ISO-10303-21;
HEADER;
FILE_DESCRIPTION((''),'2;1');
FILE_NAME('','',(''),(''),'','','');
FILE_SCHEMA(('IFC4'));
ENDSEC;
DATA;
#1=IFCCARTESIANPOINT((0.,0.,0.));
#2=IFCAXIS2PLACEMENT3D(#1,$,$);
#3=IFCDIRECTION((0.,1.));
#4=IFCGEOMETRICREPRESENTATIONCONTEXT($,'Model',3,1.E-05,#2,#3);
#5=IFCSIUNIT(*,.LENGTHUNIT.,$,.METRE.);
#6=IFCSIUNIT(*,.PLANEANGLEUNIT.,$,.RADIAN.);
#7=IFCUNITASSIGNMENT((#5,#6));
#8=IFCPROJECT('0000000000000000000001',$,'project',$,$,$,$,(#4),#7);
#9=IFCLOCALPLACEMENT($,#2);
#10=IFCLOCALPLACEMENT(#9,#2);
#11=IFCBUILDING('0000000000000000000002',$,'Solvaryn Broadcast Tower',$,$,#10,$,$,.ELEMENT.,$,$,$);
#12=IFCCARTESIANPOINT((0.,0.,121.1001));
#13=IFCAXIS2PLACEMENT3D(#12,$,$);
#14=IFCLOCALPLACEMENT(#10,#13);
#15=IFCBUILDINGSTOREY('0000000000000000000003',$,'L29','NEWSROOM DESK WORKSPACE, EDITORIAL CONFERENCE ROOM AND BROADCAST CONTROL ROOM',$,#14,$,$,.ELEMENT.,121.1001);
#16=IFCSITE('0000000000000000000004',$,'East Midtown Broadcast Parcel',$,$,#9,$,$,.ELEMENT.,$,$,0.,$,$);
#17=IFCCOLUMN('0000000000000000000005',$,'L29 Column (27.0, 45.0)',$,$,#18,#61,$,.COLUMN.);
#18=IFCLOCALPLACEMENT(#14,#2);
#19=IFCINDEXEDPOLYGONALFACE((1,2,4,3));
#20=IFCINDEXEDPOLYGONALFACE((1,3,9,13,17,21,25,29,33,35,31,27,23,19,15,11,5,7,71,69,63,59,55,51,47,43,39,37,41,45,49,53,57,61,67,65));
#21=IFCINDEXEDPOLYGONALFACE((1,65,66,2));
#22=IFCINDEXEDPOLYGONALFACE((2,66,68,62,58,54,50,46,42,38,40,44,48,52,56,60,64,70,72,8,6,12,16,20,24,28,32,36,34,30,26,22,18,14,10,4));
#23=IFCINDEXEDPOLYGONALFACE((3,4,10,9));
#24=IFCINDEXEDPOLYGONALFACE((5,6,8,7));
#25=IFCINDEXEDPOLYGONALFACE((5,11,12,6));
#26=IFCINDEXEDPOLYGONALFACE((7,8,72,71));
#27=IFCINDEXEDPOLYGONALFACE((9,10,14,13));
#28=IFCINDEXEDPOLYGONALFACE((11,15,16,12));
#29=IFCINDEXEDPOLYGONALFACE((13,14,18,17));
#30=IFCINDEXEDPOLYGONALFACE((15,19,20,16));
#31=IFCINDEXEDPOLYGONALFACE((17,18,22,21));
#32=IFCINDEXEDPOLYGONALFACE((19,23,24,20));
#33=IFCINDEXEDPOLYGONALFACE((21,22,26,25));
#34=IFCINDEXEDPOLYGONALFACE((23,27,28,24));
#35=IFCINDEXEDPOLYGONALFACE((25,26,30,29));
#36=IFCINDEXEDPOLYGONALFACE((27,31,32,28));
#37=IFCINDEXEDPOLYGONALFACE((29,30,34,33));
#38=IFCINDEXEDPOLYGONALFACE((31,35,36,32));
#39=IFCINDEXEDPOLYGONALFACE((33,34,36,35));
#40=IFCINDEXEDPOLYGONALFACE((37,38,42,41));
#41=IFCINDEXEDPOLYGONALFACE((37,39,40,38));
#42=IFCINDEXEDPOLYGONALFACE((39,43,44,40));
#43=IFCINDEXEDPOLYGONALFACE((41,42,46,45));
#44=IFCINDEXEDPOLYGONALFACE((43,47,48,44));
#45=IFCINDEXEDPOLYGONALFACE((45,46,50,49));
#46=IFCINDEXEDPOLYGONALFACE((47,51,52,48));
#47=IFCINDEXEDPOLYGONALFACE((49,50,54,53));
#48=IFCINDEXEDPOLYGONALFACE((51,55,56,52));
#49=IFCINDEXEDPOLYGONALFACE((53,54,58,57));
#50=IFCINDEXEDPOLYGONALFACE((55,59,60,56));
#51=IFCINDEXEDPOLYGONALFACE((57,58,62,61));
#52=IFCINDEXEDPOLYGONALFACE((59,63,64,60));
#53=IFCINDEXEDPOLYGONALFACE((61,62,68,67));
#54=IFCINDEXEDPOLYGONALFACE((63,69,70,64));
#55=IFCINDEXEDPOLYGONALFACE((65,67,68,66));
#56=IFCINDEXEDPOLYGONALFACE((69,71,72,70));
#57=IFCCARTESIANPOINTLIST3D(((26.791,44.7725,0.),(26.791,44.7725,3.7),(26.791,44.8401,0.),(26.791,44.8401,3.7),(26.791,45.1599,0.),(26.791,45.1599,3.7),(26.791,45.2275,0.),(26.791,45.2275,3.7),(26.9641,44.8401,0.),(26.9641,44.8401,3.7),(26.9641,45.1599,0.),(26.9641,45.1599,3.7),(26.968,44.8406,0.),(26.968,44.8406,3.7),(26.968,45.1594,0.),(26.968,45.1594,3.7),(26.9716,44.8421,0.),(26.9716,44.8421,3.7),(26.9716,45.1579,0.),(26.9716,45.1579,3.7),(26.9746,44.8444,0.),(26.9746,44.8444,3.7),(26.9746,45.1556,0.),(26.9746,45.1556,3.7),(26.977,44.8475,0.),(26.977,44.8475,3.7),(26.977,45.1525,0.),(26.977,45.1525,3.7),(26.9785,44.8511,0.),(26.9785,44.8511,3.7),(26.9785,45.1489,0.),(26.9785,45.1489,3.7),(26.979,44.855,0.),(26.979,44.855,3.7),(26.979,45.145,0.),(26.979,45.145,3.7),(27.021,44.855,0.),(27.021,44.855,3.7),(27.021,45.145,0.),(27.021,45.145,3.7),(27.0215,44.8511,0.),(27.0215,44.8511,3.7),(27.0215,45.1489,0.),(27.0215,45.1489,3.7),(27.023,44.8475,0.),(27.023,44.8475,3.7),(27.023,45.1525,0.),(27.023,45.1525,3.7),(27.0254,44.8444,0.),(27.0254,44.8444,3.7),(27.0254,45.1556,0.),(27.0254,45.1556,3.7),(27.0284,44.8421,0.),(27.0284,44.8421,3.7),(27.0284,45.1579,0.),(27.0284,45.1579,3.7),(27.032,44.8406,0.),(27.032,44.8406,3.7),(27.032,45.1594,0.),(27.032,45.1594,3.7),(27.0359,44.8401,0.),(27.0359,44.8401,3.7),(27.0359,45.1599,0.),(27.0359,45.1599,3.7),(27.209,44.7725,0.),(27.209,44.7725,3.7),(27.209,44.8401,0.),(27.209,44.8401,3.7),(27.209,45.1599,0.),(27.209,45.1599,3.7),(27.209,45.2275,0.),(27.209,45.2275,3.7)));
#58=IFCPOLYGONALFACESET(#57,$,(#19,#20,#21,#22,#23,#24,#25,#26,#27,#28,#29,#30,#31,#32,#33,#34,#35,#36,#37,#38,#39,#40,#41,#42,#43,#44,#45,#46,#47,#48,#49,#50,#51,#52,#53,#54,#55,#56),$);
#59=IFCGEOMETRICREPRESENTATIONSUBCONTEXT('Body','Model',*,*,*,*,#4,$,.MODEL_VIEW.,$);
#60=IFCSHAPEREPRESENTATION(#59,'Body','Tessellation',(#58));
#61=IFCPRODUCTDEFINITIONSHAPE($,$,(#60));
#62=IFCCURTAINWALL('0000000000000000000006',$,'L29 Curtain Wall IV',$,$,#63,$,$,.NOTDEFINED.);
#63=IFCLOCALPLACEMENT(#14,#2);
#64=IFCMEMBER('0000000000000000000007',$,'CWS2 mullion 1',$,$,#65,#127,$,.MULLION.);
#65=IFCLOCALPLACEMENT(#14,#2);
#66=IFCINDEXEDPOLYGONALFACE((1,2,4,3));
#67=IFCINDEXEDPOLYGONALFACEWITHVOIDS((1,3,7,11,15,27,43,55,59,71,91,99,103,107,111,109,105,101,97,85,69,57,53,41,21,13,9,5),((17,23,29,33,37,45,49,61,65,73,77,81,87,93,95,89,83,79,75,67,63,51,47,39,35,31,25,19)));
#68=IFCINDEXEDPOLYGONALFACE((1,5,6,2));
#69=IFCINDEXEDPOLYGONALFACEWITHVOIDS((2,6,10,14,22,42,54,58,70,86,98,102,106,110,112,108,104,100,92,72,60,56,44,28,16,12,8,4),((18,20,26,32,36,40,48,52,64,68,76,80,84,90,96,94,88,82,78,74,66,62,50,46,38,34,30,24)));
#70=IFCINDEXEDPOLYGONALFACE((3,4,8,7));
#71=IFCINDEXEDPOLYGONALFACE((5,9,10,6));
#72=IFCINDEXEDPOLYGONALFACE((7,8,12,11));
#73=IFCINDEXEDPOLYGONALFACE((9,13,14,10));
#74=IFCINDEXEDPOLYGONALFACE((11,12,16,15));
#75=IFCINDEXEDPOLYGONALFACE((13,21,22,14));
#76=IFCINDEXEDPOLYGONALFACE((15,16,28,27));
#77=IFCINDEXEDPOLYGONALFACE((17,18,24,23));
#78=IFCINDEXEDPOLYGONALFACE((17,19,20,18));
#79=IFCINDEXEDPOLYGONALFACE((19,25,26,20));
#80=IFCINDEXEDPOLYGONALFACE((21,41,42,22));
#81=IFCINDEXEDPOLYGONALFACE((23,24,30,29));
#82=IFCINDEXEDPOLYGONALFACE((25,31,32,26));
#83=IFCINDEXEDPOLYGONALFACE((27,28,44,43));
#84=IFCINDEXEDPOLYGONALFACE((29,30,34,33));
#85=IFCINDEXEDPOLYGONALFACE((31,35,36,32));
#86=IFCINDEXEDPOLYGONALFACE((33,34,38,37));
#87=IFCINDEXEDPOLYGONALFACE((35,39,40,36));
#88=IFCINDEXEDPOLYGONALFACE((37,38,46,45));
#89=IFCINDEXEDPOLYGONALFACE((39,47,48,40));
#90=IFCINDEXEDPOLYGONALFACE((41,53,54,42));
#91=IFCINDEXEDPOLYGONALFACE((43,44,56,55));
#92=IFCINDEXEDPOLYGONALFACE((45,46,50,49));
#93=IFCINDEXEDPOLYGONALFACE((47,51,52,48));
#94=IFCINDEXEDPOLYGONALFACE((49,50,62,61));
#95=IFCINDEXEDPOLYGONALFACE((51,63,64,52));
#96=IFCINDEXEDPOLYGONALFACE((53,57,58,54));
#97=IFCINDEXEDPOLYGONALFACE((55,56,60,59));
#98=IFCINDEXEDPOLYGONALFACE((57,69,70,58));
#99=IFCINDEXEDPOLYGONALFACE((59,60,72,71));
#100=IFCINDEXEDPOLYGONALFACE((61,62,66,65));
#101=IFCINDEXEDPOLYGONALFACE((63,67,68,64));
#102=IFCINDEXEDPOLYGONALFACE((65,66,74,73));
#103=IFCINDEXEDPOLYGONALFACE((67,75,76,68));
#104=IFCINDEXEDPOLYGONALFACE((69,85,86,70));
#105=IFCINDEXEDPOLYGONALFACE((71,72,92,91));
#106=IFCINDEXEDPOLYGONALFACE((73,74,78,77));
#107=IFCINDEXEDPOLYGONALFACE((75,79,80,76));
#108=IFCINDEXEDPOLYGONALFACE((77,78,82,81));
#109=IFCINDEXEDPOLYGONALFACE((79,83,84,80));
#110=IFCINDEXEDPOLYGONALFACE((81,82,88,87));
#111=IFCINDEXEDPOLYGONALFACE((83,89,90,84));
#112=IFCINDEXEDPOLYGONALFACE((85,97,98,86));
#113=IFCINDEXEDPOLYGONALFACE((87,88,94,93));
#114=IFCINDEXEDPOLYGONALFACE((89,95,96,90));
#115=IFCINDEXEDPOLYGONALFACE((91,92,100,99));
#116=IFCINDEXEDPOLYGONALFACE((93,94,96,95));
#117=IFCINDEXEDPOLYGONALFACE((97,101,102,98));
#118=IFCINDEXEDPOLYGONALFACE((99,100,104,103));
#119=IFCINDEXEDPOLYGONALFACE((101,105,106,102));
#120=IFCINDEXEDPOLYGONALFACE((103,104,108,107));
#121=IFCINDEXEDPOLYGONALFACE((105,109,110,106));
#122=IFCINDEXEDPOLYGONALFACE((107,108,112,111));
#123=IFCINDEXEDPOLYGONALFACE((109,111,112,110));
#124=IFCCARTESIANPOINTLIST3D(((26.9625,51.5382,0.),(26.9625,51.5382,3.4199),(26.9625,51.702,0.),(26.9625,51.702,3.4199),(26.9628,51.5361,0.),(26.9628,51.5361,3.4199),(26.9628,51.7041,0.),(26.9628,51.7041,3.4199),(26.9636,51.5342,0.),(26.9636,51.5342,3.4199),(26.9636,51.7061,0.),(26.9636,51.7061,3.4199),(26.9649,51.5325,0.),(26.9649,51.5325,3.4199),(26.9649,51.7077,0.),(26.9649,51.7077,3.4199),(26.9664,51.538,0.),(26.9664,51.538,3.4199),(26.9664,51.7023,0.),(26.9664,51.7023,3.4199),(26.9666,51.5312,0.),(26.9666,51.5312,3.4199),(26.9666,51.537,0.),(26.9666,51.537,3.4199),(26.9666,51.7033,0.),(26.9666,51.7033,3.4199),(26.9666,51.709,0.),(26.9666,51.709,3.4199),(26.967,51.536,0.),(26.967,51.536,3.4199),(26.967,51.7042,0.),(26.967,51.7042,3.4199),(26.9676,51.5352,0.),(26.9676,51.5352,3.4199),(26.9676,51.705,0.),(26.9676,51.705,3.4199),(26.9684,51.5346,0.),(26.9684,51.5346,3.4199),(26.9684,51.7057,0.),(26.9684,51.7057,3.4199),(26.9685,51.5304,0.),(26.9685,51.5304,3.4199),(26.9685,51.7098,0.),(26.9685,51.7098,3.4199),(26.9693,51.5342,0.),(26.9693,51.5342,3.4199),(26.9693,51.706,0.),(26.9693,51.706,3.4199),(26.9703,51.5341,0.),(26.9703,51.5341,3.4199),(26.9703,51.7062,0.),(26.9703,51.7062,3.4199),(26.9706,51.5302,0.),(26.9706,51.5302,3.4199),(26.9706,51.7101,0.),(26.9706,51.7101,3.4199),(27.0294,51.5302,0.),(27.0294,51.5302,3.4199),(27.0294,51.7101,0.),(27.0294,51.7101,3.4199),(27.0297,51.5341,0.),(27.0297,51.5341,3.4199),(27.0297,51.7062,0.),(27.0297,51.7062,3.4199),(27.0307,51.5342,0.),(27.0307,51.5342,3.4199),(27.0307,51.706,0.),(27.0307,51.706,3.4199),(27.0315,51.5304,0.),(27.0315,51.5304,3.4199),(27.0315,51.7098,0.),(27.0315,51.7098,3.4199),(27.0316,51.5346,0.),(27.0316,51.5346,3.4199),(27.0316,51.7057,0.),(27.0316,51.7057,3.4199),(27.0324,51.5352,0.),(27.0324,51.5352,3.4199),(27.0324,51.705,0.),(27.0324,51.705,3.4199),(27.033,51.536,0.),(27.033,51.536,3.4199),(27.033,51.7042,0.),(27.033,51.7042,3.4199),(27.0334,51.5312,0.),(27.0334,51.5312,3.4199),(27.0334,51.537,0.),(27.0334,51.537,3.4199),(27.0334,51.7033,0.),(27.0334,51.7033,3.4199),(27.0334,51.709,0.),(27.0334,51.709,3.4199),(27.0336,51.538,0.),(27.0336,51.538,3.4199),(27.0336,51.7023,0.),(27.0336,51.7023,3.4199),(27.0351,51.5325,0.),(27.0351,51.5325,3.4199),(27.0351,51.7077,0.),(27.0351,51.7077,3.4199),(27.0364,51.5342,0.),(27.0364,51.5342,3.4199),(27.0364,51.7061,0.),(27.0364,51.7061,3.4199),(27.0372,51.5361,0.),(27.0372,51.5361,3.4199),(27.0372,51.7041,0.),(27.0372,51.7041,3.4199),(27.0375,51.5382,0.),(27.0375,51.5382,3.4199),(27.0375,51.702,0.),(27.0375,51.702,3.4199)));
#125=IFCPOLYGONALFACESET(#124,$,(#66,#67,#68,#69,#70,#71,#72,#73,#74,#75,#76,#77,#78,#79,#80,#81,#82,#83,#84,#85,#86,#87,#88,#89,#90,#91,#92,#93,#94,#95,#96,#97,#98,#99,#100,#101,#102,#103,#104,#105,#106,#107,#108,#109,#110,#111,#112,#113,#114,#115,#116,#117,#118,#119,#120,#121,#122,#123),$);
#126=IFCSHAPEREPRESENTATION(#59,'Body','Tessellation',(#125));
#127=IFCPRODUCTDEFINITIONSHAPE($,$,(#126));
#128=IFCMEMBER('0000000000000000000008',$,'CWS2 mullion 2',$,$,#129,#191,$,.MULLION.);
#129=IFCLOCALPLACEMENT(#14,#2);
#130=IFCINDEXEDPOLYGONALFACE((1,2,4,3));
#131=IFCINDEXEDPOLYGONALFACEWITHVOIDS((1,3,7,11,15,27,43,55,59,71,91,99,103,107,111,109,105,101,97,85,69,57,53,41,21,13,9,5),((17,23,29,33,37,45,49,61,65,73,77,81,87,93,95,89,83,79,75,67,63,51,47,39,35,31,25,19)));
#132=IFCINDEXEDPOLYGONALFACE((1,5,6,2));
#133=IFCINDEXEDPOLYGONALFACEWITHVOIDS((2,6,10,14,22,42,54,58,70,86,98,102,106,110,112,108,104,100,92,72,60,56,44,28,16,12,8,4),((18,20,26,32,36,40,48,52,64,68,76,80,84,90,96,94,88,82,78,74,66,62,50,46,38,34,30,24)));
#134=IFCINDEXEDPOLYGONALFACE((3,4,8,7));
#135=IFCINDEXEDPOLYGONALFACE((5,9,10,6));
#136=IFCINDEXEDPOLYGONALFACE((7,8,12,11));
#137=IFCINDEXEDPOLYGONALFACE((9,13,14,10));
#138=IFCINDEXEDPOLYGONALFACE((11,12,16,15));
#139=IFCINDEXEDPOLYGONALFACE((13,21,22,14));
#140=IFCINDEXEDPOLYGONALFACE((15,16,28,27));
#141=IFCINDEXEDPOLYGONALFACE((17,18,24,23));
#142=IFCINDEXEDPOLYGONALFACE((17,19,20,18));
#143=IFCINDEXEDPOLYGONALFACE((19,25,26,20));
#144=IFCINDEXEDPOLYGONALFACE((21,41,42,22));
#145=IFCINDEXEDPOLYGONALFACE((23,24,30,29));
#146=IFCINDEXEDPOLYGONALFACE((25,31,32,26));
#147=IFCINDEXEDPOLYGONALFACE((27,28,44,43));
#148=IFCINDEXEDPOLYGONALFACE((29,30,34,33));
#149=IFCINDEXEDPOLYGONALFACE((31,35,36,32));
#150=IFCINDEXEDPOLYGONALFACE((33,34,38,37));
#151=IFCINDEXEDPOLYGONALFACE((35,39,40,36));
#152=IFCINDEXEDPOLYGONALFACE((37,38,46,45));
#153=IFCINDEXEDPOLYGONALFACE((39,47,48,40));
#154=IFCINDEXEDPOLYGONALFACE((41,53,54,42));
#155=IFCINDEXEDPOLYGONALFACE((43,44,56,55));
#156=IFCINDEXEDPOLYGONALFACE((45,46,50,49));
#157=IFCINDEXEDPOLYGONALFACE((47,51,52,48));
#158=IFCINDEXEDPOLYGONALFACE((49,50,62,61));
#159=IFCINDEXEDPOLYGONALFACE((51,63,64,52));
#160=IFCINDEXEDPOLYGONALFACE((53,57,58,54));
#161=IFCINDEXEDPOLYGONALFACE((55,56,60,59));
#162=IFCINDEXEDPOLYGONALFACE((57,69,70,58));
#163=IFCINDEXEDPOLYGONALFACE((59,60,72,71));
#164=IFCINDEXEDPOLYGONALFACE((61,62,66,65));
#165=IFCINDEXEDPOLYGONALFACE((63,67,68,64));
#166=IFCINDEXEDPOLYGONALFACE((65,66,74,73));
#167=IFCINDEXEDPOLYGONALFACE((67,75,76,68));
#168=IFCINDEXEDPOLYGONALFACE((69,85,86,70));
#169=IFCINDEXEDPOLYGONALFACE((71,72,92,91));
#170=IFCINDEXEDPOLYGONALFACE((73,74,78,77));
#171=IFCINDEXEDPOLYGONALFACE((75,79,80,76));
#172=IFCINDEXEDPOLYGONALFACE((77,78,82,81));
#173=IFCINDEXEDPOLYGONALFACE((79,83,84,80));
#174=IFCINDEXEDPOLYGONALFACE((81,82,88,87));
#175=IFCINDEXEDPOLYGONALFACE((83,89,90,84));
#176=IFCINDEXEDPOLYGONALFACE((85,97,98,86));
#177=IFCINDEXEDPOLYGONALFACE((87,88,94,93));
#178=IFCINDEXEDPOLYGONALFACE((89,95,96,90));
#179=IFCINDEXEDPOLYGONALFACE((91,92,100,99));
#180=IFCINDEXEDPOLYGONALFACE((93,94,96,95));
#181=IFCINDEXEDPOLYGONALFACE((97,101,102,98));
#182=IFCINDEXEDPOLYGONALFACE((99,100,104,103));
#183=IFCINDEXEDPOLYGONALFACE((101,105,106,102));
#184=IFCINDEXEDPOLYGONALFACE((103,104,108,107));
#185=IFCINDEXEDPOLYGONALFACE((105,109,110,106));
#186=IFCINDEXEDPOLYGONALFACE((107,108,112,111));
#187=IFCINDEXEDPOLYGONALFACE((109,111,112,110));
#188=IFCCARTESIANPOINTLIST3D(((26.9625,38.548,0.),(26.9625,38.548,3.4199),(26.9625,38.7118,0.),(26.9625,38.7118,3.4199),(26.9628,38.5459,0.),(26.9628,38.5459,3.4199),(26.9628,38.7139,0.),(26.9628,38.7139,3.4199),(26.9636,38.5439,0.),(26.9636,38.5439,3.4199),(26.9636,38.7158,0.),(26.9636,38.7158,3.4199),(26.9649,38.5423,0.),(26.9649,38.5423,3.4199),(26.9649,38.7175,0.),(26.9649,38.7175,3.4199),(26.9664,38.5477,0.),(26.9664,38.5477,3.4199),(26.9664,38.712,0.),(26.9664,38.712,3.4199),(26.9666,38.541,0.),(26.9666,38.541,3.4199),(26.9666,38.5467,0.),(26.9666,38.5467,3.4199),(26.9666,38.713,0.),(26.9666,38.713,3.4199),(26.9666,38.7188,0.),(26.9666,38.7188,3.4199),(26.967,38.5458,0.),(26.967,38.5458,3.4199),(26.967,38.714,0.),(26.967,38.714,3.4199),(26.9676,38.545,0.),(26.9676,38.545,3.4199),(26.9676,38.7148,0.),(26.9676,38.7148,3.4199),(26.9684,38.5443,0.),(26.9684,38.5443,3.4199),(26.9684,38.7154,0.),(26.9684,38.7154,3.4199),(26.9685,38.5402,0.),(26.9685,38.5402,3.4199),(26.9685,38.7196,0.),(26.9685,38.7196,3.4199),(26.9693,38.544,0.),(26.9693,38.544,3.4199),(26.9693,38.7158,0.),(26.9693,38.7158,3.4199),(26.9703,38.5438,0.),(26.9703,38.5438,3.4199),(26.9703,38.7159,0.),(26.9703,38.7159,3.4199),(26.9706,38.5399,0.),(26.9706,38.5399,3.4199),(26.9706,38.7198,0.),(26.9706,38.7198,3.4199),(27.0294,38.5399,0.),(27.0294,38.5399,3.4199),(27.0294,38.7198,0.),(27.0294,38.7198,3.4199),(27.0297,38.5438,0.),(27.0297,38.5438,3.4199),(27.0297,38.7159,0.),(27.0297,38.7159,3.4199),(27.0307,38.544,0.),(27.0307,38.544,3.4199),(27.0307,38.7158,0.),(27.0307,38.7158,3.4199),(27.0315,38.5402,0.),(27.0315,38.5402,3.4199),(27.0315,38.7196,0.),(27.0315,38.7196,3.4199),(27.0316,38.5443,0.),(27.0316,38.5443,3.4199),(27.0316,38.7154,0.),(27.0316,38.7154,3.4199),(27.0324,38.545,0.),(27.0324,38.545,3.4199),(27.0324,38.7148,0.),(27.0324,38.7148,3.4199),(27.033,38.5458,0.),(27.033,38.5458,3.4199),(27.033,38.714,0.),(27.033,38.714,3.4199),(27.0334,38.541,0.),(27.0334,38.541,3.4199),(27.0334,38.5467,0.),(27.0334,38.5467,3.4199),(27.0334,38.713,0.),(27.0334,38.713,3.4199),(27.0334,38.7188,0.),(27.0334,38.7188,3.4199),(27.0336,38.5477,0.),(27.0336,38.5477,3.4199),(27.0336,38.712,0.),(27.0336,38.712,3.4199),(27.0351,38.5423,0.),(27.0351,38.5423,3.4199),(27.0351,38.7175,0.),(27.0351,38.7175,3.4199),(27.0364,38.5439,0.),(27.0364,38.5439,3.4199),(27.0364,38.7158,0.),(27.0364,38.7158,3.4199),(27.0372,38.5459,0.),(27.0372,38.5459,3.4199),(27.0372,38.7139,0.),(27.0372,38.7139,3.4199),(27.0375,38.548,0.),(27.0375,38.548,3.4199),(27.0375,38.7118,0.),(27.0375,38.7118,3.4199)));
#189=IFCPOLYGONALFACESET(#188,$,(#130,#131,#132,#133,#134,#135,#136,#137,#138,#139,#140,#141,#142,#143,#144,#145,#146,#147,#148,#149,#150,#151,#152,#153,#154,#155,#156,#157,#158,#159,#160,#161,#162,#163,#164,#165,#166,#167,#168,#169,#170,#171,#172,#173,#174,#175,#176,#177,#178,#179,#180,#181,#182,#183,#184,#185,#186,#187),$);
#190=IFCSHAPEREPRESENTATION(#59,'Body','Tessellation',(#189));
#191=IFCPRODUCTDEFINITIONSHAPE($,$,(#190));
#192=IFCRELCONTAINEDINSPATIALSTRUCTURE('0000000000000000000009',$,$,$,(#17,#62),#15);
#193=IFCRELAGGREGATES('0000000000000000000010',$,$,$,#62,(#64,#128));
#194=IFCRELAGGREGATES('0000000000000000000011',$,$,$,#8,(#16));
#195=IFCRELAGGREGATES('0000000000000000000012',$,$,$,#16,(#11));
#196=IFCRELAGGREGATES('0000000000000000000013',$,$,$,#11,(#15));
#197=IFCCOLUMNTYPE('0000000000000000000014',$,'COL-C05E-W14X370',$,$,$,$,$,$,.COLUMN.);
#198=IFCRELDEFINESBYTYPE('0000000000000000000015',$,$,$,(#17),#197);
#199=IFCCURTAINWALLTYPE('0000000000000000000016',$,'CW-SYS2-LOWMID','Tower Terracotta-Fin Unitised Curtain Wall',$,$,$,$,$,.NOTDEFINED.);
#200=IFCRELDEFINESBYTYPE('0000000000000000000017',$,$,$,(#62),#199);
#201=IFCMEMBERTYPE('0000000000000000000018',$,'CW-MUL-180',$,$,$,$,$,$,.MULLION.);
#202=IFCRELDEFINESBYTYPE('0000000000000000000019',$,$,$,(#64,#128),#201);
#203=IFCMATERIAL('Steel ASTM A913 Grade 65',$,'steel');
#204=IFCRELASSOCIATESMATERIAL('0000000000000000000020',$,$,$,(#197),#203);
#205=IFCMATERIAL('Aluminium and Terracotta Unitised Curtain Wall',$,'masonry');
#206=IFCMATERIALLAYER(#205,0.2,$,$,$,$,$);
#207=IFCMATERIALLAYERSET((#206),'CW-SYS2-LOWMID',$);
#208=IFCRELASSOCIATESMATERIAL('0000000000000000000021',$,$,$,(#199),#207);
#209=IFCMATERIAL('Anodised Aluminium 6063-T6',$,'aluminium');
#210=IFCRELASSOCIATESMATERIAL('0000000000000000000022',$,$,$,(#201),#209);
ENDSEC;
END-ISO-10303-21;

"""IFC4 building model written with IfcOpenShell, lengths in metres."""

from ifc_helpers import new_model, si_unit, direction, frame, origin, origin_2d, place, context, subcontext, project, spatial, hollow_rectangle, i_section, extrude, material, layer, layer_set, material_profile, profile_set, type_object, element, aggregate, save


model = new_model("IFC4")

# Units and contexts
model_context = context("Model", 3, precision=1e-05, world=origin(), true_north=direction((0.0, 1.0)))
body_context = subcontext(model_context, "Body", "Model", "MODEL_VIEW")
ifc_project = project(units=[si_unit("LENGTHUNIT", "METRE"), si_unit("PLANEANGLEUNIT", "RADIAN")], contexts=[model_context])

# Site, building, storey
site_placement = place(None, origin())
site = spatial("IfcSite", under=ifc_project, at=site_placement, Name="East Midtown Broadcast Parcel", CompositionType="ELEMENT", RefElevation=0.0)
building_placement = place(site_placement, origin())
building = spatial("IfcBuilding", under=site, at=building_placement, Name="Solvaryn Broadcast Tower", CompositionType="ELEMENT")
storey_placement = place(building_placement, frame((0.0, 0.0, 121.1001)))
storey = spatial("IfcBuildingStorey", under=building, at=storey_placement, Name="L29", Description="NEWSROOM DESK WORKSPACE, EDITORIAL CONFERENCE ROOM AND BROADCAST CONTROL ROOM", CompositionType="ELEMENT", Elevation=121.1001)

# Column
ifc_material_1 = material(Name="Steel ASTM A913 Grade 65", Category="steel")
ifc_material_profile_1 = material_profile(ifc_material_1, i_section(OverallWidth=0.418, OverallDepth=0.4551, WebThickness=0.042, FlangeThickness=0.0676, FilletRadius=0.0149, at=origin_2d()))
ifc_profile_set_1 = profile_set([ifc_material_profile_1], Name="Steel ASTM A913 Grade 65")
column_type = type_object("IfcColumnType", Name="COL-C05E-W14X370", PredefinedType="COLUMN", material=ifc_profile_set_1)
column_placement = place(storey_placement, frame((27.0, 45.0, 0.0), z_axis=(0.0, 0.0, 1.0), x_axis=(1.0, 0.0, 0.0)))
element("IfcColumn", 1, at=column_placement, inside=storey, type_object=column_type, Name="L29 Column (27.0, 45.0)", PredefinedType="COLUMN", context=body_context, shape_type="SweptSolid", body=[
    extrude(i_section(OverallWidth=0.418, OverallDepth=0.4551, WebThickness=0.042, FlangeThickness=0.0676, FilletRadius=0.0149, at=origin_2d()), origin(), (0.0, 0.0, 1.0), 3.7),
])

# Curtain wall, members
ifc_material_2 = material(Name="Aluminium and Terracotta Unitised Curtain Wall", Category="masonry")
ifc_layer_1 = layer(ifc_material_2, 0.2)
ifc_layer_set_1 = layer_set([ifc_layer_1], Name="CW-SYS2-LOWMID")
curtain_wall_type = type_object("IfcCurtainWallType", Name="CW-SYS2-LOWMID", Description="Tower Terracotta-Fin Unitised Curtain Wall", PredefinedType="NOTDEFINED", material=ifc_layer_set_1)
curtain_wall_1_placement = place(storey_placement, origin())
curtain_wall_1 = element("IfcCurtainWall", 2, at=curtain_wall_1_placement, inside=storey, type_object=curtain_wall_type, Name="L29 Curtain Wall IV", PredefinedType="NOTDEFINED")
ifc_material_3 = material(Name="Anodised Aluminium 6063-T6", Category="aluminium")
ifc_material_profile_2 = material_profile(ifc_material_3, hollow_rectangle(XDim=0.075, YDim=0.1799, WallThickness=0.0039, InnerFilletRadius=0.0039, OuterFilletRadius=0.0081, at=origin_2d()))
ifc_profile_set_2 = profile_set([ifc_material_profile_2], Name="Anodised Aluminium 6063-T6")
member_type_1 = type_object("IfcMemberType", Name="CW-MUL-180", PredefinedType="MULLION", material=ifc_profile_set_2)
member_1_placement = place(storey_placement, frame((27.0, 51.6201, 0.0), z_axis=(0.0, 0.0, 1.0), x_axis=(1.0, 0.0, 0.0)))
member_1 = element("IfcMember", 3, at=member_1_placement, type_object=member_type_1, Name="CWS2 mullion 1", PredefinedType="MULLION", context=body_context, shape_type="SweptSolid", body=[
    extrude(hollow_rectangle(XDim=0.075, YDim=0.1799, WallThickness=0.0039, InnerFilletRadius=0.0039, OuterFilletRadius=0.0081, at=origin_2d()), origin(), (0.0, 0.0, 1.0), 3.4199),
])
member_2_placement = place(storey_placement, frame((27.0, 38.6299, 0.0), z_axis=(0.0, 0.0, 1.0), x_axis=(1.0, 0.0, 0.0)))
member_2 = element("IfcMember", 4, at=member_2_placement, type_object=member_type_1, Name="CWS2 mullion 2", PredefinedType="MULLION", context=body_context, shape_type="SweptSolid", body=[
    extrude(hollow_rectangle(XDim=0.075, YDim=0.1799, WallThickness=0.0039, InnerFilletRadius=0.0039, OuterFilletRadius=0.0081, at=origin_2d()), origin(), (0.0, 0.0, 1.0), 3.4199),
])

aggregate(curtain_wall_1, [member_1, member_2])

save(model, "model.ifc")
